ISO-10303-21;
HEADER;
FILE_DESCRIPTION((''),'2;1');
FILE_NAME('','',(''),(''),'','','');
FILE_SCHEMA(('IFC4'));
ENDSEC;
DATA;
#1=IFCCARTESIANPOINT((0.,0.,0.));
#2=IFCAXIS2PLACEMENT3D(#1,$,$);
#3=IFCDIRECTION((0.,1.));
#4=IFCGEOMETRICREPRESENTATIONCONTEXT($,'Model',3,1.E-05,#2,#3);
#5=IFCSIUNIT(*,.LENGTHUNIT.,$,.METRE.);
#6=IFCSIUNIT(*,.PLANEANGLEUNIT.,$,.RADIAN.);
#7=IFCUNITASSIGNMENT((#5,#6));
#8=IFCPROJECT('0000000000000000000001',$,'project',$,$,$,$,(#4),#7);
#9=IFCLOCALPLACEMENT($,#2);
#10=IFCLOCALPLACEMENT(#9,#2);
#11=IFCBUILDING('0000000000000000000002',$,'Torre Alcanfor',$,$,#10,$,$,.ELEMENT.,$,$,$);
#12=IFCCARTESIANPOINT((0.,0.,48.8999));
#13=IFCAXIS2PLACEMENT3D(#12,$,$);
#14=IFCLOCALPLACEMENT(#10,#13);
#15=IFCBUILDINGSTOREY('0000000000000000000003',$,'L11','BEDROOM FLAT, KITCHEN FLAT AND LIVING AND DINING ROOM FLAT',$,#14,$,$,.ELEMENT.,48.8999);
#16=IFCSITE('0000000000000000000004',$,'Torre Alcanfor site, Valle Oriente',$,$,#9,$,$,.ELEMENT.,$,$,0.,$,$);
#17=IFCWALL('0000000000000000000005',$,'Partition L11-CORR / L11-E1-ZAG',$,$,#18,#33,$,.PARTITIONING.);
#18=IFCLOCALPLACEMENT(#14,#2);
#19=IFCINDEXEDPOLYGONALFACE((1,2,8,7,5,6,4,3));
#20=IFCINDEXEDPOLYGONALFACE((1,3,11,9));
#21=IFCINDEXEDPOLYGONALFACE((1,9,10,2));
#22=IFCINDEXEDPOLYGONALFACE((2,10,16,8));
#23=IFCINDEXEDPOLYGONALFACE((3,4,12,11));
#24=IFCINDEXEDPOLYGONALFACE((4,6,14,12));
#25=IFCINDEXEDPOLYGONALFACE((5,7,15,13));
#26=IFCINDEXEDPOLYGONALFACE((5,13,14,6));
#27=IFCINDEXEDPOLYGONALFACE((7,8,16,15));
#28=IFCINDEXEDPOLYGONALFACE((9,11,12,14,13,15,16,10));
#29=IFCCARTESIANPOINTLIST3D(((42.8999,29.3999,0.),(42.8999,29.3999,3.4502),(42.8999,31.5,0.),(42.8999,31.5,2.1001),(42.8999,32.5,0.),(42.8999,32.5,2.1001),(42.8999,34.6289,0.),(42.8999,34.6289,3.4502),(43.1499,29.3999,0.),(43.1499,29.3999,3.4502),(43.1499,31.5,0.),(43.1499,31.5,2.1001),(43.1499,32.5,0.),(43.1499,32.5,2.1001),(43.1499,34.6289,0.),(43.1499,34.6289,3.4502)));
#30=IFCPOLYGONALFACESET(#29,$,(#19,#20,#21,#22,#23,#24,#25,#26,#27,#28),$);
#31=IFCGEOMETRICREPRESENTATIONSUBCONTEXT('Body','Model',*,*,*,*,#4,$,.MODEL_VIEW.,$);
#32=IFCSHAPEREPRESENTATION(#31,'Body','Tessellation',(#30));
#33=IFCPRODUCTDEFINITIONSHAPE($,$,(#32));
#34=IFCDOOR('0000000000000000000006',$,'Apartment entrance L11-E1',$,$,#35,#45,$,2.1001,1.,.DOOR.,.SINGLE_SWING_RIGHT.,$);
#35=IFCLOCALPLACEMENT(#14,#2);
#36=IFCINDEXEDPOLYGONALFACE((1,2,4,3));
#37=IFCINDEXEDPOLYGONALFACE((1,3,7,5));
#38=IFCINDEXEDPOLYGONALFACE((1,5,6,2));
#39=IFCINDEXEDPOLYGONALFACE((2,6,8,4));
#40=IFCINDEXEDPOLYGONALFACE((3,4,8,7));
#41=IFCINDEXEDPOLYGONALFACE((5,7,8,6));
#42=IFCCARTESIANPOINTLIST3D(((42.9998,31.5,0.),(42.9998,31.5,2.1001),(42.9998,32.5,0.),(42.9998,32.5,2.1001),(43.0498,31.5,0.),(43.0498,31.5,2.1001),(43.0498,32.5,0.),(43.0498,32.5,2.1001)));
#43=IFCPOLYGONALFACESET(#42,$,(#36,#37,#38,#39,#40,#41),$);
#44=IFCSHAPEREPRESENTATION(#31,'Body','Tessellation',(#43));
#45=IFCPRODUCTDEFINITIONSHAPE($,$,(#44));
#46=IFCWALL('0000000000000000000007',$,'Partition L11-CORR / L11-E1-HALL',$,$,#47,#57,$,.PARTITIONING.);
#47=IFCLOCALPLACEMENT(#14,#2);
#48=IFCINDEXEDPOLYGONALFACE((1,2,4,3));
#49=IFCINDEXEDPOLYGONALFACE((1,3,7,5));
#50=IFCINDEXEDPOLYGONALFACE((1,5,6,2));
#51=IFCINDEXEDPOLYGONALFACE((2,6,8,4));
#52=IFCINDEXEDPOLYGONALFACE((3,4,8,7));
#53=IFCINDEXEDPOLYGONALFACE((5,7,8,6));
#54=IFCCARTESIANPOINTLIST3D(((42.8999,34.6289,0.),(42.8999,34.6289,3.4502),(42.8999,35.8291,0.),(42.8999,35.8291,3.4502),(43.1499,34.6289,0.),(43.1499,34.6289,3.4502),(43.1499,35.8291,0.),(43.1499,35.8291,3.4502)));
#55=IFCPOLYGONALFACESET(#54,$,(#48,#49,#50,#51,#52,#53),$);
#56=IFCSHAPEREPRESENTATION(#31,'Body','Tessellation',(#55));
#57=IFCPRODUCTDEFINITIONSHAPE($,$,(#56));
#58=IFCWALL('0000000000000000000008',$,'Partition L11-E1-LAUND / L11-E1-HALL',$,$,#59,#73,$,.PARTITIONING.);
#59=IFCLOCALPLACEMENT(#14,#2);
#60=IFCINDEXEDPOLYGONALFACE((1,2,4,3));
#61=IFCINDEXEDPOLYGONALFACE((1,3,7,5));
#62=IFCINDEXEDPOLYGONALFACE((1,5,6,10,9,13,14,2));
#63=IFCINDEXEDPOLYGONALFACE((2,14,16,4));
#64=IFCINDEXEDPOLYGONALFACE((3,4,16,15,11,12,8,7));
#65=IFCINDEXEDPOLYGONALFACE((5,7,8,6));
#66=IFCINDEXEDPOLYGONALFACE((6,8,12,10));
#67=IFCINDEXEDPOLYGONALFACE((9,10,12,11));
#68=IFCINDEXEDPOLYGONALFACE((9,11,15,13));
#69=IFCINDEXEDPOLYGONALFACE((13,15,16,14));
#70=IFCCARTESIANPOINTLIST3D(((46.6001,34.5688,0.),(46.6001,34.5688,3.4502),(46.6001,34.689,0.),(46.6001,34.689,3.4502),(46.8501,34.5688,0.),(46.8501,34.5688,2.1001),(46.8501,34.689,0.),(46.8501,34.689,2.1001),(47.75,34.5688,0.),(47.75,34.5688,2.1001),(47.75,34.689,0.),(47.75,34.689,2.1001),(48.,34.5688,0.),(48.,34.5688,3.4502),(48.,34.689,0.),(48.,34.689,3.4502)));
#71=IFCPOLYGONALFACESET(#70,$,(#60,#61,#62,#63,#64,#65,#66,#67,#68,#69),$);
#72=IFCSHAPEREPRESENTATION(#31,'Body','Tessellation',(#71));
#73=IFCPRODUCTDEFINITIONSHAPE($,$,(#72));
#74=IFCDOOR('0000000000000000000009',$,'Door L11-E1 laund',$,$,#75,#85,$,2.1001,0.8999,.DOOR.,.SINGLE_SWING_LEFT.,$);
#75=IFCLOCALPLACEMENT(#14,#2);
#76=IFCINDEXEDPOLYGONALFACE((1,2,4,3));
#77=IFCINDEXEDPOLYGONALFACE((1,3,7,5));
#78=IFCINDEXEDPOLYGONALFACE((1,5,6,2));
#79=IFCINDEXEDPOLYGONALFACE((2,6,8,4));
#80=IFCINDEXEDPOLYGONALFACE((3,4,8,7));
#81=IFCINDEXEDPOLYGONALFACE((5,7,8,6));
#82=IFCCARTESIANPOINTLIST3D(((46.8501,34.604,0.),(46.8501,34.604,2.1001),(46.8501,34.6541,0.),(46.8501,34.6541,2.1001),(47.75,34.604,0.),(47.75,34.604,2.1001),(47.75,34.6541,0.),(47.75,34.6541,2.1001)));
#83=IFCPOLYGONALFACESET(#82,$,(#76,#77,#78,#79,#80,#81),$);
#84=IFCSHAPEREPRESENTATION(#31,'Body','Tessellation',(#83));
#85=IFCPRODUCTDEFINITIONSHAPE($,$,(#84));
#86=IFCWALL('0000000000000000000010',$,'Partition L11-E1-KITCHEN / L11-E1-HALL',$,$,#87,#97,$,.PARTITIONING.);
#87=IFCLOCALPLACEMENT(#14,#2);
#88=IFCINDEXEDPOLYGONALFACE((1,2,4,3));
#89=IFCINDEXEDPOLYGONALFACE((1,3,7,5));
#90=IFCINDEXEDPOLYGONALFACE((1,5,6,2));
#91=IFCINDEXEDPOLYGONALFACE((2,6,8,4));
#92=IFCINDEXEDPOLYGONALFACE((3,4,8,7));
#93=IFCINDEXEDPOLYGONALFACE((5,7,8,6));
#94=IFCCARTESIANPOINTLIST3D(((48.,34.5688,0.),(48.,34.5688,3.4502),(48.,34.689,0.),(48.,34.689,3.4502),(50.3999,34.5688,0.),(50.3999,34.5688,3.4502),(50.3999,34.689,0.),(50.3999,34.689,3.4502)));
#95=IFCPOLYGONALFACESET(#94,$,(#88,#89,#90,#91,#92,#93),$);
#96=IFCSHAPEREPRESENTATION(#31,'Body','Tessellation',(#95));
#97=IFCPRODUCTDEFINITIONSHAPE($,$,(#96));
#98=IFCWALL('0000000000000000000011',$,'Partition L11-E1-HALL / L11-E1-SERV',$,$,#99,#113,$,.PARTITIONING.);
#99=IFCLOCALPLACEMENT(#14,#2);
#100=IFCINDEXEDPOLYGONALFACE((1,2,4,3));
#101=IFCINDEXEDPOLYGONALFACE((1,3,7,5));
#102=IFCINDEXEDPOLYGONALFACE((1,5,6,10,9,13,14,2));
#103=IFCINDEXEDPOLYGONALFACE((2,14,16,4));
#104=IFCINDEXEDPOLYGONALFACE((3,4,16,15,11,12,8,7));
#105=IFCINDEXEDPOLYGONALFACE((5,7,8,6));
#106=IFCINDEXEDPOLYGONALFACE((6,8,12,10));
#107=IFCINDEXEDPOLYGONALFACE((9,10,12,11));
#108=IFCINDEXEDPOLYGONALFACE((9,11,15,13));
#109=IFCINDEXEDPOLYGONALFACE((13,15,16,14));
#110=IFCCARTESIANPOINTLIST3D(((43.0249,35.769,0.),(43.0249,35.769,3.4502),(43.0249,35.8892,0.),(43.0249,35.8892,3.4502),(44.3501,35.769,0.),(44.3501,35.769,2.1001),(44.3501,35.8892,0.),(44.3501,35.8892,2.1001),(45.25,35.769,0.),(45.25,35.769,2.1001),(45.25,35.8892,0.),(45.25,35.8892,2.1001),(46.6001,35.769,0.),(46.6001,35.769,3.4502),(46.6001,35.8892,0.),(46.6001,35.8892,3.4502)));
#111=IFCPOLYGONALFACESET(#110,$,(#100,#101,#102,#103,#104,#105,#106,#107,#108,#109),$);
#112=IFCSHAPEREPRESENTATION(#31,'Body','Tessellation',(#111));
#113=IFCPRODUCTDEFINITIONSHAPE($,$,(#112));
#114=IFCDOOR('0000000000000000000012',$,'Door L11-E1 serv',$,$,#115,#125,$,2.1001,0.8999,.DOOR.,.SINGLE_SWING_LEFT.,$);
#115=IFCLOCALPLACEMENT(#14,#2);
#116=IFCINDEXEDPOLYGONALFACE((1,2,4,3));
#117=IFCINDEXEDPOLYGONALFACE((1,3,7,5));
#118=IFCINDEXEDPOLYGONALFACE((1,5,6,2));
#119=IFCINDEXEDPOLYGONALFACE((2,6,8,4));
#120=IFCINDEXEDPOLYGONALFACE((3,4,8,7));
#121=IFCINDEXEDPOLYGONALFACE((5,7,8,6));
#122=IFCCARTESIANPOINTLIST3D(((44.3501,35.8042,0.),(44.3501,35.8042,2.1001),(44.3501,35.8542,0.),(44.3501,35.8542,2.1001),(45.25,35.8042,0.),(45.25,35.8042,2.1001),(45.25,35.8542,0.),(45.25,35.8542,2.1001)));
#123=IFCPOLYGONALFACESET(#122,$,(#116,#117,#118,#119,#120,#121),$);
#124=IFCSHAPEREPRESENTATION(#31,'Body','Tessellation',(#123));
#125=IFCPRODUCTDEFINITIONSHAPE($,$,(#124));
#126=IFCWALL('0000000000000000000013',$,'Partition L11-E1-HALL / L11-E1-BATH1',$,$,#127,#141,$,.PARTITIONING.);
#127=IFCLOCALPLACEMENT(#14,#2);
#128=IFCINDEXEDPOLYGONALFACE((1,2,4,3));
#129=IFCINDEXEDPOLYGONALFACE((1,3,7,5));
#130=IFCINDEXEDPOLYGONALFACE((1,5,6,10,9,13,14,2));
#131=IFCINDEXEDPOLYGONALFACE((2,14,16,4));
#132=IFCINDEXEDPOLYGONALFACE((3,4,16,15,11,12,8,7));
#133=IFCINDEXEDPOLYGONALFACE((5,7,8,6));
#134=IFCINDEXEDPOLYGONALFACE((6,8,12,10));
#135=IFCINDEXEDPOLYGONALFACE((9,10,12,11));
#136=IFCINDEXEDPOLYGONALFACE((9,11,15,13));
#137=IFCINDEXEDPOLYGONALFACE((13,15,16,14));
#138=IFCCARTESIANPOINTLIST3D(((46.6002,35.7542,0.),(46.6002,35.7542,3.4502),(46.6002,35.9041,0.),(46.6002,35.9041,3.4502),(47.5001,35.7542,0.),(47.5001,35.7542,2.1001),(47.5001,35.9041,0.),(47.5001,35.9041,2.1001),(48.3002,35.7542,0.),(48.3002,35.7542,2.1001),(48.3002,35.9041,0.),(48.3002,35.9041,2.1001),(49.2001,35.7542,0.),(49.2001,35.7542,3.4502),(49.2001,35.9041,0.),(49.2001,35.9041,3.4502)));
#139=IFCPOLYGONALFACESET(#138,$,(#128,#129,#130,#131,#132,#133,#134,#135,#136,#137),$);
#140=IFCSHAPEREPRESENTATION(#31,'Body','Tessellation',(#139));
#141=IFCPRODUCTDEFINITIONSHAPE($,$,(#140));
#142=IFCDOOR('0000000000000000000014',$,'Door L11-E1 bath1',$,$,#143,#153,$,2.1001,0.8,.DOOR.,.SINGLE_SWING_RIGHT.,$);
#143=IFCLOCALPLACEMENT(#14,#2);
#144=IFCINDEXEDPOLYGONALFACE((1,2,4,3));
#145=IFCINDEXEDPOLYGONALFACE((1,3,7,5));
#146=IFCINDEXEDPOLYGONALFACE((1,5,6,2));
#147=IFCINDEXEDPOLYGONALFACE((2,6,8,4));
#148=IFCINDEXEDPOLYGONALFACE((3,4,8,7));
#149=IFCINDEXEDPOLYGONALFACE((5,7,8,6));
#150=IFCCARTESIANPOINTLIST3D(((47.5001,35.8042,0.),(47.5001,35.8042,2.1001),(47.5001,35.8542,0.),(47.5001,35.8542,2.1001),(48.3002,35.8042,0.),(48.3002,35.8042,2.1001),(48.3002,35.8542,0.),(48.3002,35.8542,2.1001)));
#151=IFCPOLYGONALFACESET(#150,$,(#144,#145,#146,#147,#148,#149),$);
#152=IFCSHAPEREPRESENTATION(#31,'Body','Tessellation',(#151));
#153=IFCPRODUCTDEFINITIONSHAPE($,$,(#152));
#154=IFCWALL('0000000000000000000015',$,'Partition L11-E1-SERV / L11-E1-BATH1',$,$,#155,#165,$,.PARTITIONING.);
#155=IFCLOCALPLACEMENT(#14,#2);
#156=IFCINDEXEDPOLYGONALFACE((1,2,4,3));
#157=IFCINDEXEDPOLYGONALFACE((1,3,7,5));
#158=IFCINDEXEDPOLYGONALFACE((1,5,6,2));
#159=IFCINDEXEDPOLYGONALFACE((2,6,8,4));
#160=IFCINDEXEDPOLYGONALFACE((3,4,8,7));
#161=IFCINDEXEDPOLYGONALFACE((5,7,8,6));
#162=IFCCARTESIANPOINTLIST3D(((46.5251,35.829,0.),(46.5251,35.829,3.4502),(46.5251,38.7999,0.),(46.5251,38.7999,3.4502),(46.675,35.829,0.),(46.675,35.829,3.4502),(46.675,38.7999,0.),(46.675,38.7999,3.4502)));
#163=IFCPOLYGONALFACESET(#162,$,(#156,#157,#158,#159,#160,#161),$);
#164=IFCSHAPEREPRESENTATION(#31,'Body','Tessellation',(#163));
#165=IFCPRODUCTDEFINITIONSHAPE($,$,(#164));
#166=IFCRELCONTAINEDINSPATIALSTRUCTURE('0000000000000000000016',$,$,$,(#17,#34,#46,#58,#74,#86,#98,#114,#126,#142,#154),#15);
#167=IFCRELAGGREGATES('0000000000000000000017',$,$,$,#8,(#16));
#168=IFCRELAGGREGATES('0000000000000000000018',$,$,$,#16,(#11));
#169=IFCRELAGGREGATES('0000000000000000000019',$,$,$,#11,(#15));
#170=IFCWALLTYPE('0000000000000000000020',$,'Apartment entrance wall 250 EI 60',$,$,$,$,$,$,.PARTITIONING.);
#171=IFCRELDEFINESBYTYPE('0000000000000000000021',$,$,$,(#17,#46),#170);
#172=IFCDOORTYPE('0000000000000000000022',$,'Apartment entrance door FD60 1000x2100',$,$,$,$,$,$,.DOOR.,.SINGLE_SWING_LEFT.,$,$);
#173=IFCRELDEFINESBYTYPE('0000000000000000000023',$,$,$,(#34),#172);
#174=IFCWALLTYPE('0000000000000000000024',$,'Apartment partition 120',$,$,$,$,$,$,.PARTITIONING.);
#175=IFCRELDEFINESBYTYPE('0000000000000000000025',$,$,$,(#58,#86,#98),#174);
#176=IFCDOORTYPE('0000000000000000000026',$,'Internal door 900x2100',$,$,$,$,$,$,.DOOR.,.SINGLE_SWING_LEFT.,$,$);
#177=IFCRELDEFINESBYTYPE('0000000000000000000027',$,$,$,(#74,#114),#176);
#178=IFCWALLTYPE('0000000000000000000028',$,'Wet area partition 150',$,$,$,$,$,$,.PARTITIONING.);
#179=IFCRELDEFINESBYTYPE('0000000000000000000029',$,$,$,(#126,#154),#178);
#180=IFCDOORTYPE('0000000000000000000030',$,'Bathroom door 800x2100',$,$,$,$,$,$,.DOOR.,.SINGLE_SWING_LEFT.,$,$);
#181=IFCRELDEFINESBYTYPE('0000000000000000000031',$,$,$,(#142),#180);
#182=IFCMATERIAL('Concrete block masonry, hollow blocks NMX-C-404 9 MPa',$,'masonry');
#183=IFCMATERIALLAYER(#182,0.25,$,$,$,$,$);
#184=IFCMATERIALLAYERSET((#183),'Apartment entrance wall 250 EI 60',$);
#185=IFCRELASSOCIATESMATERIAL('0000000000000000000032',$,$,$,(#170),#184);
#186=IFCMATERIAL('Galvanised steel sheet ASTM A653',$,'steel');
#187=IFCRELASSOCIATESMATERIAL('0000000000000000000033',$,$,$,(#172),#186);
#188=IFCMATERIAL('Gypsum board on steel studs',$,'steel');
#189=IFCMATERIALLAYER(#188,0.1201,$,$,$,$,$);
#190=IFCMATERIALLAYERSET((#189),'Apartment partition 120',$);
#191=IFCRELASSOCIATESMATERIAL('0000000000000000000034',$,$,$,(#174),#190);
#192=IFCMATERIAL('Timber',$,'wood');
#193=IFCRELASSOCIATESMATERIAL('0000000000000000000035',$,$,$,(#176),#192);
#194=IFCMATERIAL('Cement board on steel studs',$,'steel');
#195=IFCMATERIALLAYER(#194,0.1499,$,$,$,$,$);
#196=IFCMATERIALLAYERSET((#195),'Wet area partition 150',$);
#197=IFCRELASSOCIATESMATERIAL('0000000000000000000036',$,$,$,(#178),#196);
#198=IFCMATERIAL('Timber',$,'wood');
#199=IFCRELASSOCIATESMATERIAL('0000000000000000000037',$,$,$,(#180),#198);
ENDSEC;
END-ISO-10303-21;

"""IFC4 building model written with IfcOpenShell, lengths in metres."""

from ifc_helpers import new_model, si_unit, direction, frame, frame_2d, origin, place, context, subcontext, project, spatial, rectangle, extrude, material, layer, layer_set, type_object, element, fill, save


model = new_model("IFC4")

# Units and contexts
model_context = context("Model", 3, precision=1e-05, world=origin(), true_north=direction((0.0, 1.0)))
body_context = subcontext(model_context, "Body", "Model", "MODEL_VIEW")
ifc_project = project(units=[si_unit("LENGTHUNIT", "METRE"), si_unit("PLANEANGLEUNIT", "RADIAN")], contexts=[model_context])

# Site, building, storey
site_placement = place(None, origin())
site = spatial("IfcSite", under=ifc_project, at=site_placement, Name="Torre Alcanfor site, Valle Oriente", CompositionType="ELEMENT", RefElevation=0.0)
building_placement = place(site_placement, origin())
building = spatial("IfcBuilding", under=site, at=building_placement, Name="Torre Alcanfor", CompositionType="ELEMENT")
storey_placement = place(building_placement, frame((0.0, 0.0, 48.8999)))
storey = spatial("IfcBuildingStorey", under=building, at=storey_placement, Name="L11", Description="BEDROOM FLAT, KITCHEN FLAT AND LIVING AND DINING ROOM FLAT", CompositionType="ELEMENT", Elevation=48.8999)

# Wall, opening, door
ifc_material_1 = material(Name="Concrete block masonry, hollow blocks NMX-C-404 9 MPa", Category="masonry")
ifc_layer_1 = layer(ifc_material_1, 0.25)
ifc_layer_set_1 = layer_set([ifc_layer_1], Name="Apartment entrance wall 250 EI 60")
wall_type_1 = type_object("IfcWallType", Name="Apartment entrance wall 250 EI 60", PredefinedType="PARTITIONING", material=ifc_layer_set_1)
wall_1_placement = place(storey_placement, frame((43.0249, 34.6289, 0.0), z_axis=(0.0, 0.0, 1.0), x_axis=(0.0, -1.0, 0.0)))
wall_1 = element("IfcWall", 1, at=wall_1_placement, inside=storey, type_object=wall_type_1, Name="Partition L11-CORR / L11-E1-ZAG", PredefinedType="PARTITIONING", context=body_context, shape_type="SweptSolid", body=[
    extrude(rectangle(XDim=5.229, YDim=0.25, at=frame_2d((2.6145, 0.0))), origin(), (0.0, 0.0, 1.0), 3.4502),
])
opening_1_placement = place(wall_1_placement, frame((2.1289, 0.0, 0.0)))
opening_1 = element("IfcOpeningElement", 2, at=opening_1_placement, cuts=wall_1, PredefinedType="OPENING", context=body_context, shape_type="SweptSolid", body=[
    extrude(rectangle(XDim=1.0, YDim=2.1001, at=frame_2d((0.5, 1.05))), frame((0.0, 0.135, 0.0), z_axis=(0.0, -1.0, 0.0), x_axis=(1.0, 0.0, 0.0)), (0.0, 0.0, 1.0), 0.27),
])
ifc_material_2 = material(Name="Galvanised steel sheet ASTM A653", Category="steel")
door_type_1 = type_object("IfcDoorType", Name="Apartment entrance door FD60 1000x2100", OperationType="SINGLE_SWING_LEFT", PredefinedType="DOOR", material=ifc_material_2)
door_1_placement = place(opening_1_placement, origin())
door_1 = element("IfcDoor", 3, at=door_1_placement, inside=storey, type_object=door_type_1, Name="Apartment entrance L11-E1", OperationType="SINGLE_SWING_RIGHT", OverallHeight=2.1001, OverallWidth=1.0, PredefinedType="DOOR", context=body_context, shape_type="SweptSolid", body=[
    extrude(rectangle(XDim=1.0, YDim=2.1001, at=frame_2d((0.5, 1.05))), frame((0.0, 0.0249, 0.0), z_axis=(0.0, -1.0, 0.0), x_axis=(1.0, 0.0, 0.0)), (0.0, 0.0, 1.0), 0.05),
])
fill(opening_1, door_1)

# Wall
wall_2_placement = place(storey_placement, frame((43.0249, 35.8291, 0.0), z_axis=(0.0, 0.0, 1.0), x_axis=(0.0, -1.0, 0.0)))
element("IfcWall", 4, at=wall_2_placement, inside=storey, type_object=wall_type_1, Name="Partition L11-CORR / L11-E1-HALL", PredefinedType="PARTITIONING", context=body_context, shape_type="SweptSolid", body=[
    extrude(rectangle(XDim=1.2002, YDim=0.25, at=frame_2d((0.6001, 0.0))), origin(), (0.0, 0.0, 1.0), 3.4502),
])

# Wall, opening, door
ifc_material_3 = material(Name="Gypsum board on steel studs", Category="steel")
ifc_layer_2 = layer(ifc_material_3, 0.1201)
ifc_layer_set_2 = layer_set([ifc_layer_2], Name="Apartment partition 120")
wall_type_2 = type_object("IfcWallType", Name="Apartment partition 120", PredefinedType="PARTITIONING", material=ifc_layer_set_2)
wall_3_placement = place(storey_placement, frame((48.0, 34.6289, 0.0), z_axis=(0.0, 0.0, 1.0), x_axis=(-1.0, 0.0, 0.0)))
wall_3 = element("IfcWall", 5, at=wall_3_placement, inside=storey, type_object=wall_type_2, Name="Partition L11-E1-LAUND / L11-E1-HALL", PredefinedType="PARTITIONING", context=body_context, shape_type="SweptSolid", body=[
    extrude(rectangle(XDim=1.3999, YDim=0.1201, at=frame_2d((0.7, 0.0))), origin(), (0.0, 0.0, 1.0), 3.4502),
])
opening_2_placement = place(wall_3_placement, frame((0.25, 0.0, 0.0)))
opening_2 = element("IfcOpeningElement", 6, at=opening_2_placement, cuts=wall_3, PredefinedType="OPENING", context=body_context, shape_type="SweptSolid", body=[
    extrude(rectangle(XDim=0.8999, YDim=2.1001, at=frame_2d((0.45, 1.05))), frame((0.0, 0.0701, 0.0), z_axis=(0.0, -1.0, 0.0), x_axis=(1.0, 0.0, 0.0)), (0.0, 0.0, 1.0), 0.1401),
])
ifc_material_4 = material(Name="Timber", Category="wood")
door_type_2 = type_object("IfcDoorType", Name="Internal door 900x2100", OperationType="SINGLE_SWING_LEFT", PredefinedType="DOOR", material=ifc_material_4)
door_2_placement = place(opening_2_placement, origin())
door_2 = element("IfcDoor", 7, at=door_2_placement, inside=storey, type_object=door_type_2, Name="Door L11-E1 laund", OperationType="SINGLE_SWING_LEFT", OverallHeight=2.1001, OverallWidth=0.8999, PredefinedType="DOOR", context=body_context, shape_type="SweptSolid", body=[
    extrude(rectangle(XDim=0.8999, YDim=2.1001, at=frame_2d((0.45, 1.05))), frame((0.0, 0.0249, 0.0), z_axis=(0.0, -1.0, 0.0), x_axis=(1.0, 0.0, 0.0)), (0.0, 0.0, 1.0), 0.05),
])
fill(opening_2, door_2)

# Wall
wall_4_placement = place(storey_placement, frame((50.3999, 34.6289, 0.0), z_axis=(0.0, 0.0, 1.0), x_axis=(-1.0, 0.0, 0.0)))
element("IfcWall", 8, at=wall_4_placement, inside=storey, type_object=wall_type_2, Name="Partition L11-E1-KITCHEN / L11-E1-HALL", PredefinedType="PARTITIONING", context=body_context, shape_type="SweptSolid", body=[
    extrude(rectangle(XDim=2.3999, YDim=0.1201, at=frame_2d((1.2, 0.0))), origin(), (0.0, 0.0, 1.0), 3.4502),
])

# Walls, openings, doors
wall_5_placement = place(storey_placement, frame((46.6001, 35.8291, 0.0), z_axis=(0.0, 0.0, 1.0), x_axis=(-1.0, 0.0, 0.0)))
wall_5 = element("IfcWall", 9, at=wall_5_placement, inside=storey, type_object=wall_type_2, Name="Partition L11-E1-HALL / L11-E1-SERV", PredefinedType="PARTITIONING", context=body_context, shape_type="SweptSolid", body=[
    extrude(rectangle(XDim=3.5752, YDim=0.1201, at=frame_2d((1.7876, 0.0))), origin(), (0.0, 0.0, 1.0), 3.4502),
])
opening_3_placement = place(wall_5_placement, frame((1.3501, 0.0, 0.0)))
opening_3 = element("IfcOpeningElement", 10, at=opening_3_placement, cuts=wall_5, PredefinedType="OPENING", context=body_context, shape_type="SweptSolid", body=[
    extrude(rectangle(XDim=0.8999, YDim=2.1001, at=frame_2d((0.45, 1.05))), frame((0.0, 0.0701, 0.0), z_axis=(0.0, -1.0, 0.0), x_axis=(1.0, 0.0, 0.0)), (0.0, 0.0, 1.0), 0.1401),
])
door_3_placement = place(opening_3_placement, frame((0.8999, 0.0, 0.0), z_axis=(0.0, 0.0, 1.0), x_axis=(-1.0, 0.0, 0.0)))
door_3 = element("IfcDoor", 11, at=door_3_placement, inside=storey, type_object=door_type_2, Name="Door L11-E1 serv", OperationType="SINGLE_SWING_LEFT", OverallHeight=2.1001, OverallWidth=0.8999, PredefinedType="DOOR", context=body_context, shape_type="SweptSolid", body=[
    extrude(rectangle(XDim=0.8999, YDim=2.1001, at=frame_2d((0.45, 1.05))), frame((0.0, 0.0251, 0.0), z_axis=(0.0, -1.0, 0.0), x_axis=(1.0, 0.0, 0.0)), (0.0, 0.0, 1.0), 0.05),
])
fill(opening_3, door_3)
ifc_material_5 = material(Name="Cement board on steel studs", Category="steel")
ifc_layer_3 = layer(ifc_material_5, 0.1499)
ifc_layer_set_3 = layer_set([ifc_layer_3], Name="Wet area partition 150")
wall_type_3 = type_object("IfcWallType", Name="Wet area partition 150", PredefinedType="PARTITIONING", material=ifc_layer_set_3)
wall_6_placement = place(storey_placement, frame((49.2, 35.8291, 0.0), z_axis=(0.0, 0.0, 1.0), x_axis=(-1.0, 0.0, 0.0)))
wall_6 = element("IfcWall", 12, at=wall_6_placement, inside=storey, type_object=wall_type_3, Name="Partition L11-E1-HALL / L11-E1-BATH1", PredefinedType="PARTITIONING", context=body_context, shape_type="SweptSolid", body=[
    extrude(rectangle(XDim=2.5999, YDim=0.1499, at=frame_2d((1.2998, 0.0))), origin(), (0.0, 0.0, 1.0), 3.4502),
])
opening_4_placement = place(wall_6_placement, frame((0.8999, 0.0, 0.0)))
opening_4 = element("IfcOpeningElement", 13, at=opening_4_placement, cuts=wall_6, PredefinedType="OPENING", context=body_context, shape_type="SweptSolid", body=[
    extrude(rectangle(XDim=0.8, YDim=2.1001, at=frame_2d((0.3999, 1.05))), frame((0.0, 0.085, 0.0), z_axis=(0.0, -1.0, 0.0), x_axis=(1.0, 0.0, 0.0)), (0.0, 0.0, 1.0), 0.1699),
])
ifc_material_6 = material(Name="Timber", Category="wood")
door_type_3 = type_object("IfcDoorType", Name="Bathroom door 800x2100", OperationType="SINGLE_SWING_LEFT", PredefinedType="DOOR", material=ifc_material_6)
door_4_placement = place(opening_4_placement, frame((0.8, 0.0, 0.0), z_axis=(0.0, 0.0, 1.0), x_axis=(-1.0, 0.0, 0.0)))
door_4 = element("IfcDoor", 14, at=door_4_placement, inside=storey, type_object=door_type_3, Name="Door L11-E1 bath1", OperationType="SINGLE_SWING_RIGHT", OverallHeight=2.1001, OverallWidth=0.8, PredefinedType="DOOR", context=body_context, shape_type="SweptSolid", body=[
    extrude(rectangle(XDim=0.8, YDim=2.1001, at=frame_2d((0.4001, 1.05))), frame((0.0, 0.0251, 0.0), z_axis=(0.0, -1.0, 0.0), x_axis=(1.0, 0.0, 0.0)), (0.0, 0.0, 1.0), 0.05),
])
fill(opening_4, door_4)

# Wall
for number, where, z_axis, x_axis, name in (
    (15, (46.6001, 35.8291, 0.0), (0.0, 0.0, 1.0), (0.0, 1.0, 0.0), "Partition L11-E1-SERV / L11-E1-BATH1"),
):
    element("IfcWall", number, at=place(storey_placement, frame(where, z_axis=z_axis, x_axis=x_axis)), inside=storey, type_object=wall_type_3, Name=name, PredefinedType="PARTITIONING", context=body_context, shape_type="SweptSolid", body=[
        extrude(rectangle(XDim=2.9709, YDim=0.1499, at=frame_2d((1.4854, 0.0))), origin(), (0.0, 0.0, 1.0), 3.4502),
    ])

save(model, "model.ifc")
